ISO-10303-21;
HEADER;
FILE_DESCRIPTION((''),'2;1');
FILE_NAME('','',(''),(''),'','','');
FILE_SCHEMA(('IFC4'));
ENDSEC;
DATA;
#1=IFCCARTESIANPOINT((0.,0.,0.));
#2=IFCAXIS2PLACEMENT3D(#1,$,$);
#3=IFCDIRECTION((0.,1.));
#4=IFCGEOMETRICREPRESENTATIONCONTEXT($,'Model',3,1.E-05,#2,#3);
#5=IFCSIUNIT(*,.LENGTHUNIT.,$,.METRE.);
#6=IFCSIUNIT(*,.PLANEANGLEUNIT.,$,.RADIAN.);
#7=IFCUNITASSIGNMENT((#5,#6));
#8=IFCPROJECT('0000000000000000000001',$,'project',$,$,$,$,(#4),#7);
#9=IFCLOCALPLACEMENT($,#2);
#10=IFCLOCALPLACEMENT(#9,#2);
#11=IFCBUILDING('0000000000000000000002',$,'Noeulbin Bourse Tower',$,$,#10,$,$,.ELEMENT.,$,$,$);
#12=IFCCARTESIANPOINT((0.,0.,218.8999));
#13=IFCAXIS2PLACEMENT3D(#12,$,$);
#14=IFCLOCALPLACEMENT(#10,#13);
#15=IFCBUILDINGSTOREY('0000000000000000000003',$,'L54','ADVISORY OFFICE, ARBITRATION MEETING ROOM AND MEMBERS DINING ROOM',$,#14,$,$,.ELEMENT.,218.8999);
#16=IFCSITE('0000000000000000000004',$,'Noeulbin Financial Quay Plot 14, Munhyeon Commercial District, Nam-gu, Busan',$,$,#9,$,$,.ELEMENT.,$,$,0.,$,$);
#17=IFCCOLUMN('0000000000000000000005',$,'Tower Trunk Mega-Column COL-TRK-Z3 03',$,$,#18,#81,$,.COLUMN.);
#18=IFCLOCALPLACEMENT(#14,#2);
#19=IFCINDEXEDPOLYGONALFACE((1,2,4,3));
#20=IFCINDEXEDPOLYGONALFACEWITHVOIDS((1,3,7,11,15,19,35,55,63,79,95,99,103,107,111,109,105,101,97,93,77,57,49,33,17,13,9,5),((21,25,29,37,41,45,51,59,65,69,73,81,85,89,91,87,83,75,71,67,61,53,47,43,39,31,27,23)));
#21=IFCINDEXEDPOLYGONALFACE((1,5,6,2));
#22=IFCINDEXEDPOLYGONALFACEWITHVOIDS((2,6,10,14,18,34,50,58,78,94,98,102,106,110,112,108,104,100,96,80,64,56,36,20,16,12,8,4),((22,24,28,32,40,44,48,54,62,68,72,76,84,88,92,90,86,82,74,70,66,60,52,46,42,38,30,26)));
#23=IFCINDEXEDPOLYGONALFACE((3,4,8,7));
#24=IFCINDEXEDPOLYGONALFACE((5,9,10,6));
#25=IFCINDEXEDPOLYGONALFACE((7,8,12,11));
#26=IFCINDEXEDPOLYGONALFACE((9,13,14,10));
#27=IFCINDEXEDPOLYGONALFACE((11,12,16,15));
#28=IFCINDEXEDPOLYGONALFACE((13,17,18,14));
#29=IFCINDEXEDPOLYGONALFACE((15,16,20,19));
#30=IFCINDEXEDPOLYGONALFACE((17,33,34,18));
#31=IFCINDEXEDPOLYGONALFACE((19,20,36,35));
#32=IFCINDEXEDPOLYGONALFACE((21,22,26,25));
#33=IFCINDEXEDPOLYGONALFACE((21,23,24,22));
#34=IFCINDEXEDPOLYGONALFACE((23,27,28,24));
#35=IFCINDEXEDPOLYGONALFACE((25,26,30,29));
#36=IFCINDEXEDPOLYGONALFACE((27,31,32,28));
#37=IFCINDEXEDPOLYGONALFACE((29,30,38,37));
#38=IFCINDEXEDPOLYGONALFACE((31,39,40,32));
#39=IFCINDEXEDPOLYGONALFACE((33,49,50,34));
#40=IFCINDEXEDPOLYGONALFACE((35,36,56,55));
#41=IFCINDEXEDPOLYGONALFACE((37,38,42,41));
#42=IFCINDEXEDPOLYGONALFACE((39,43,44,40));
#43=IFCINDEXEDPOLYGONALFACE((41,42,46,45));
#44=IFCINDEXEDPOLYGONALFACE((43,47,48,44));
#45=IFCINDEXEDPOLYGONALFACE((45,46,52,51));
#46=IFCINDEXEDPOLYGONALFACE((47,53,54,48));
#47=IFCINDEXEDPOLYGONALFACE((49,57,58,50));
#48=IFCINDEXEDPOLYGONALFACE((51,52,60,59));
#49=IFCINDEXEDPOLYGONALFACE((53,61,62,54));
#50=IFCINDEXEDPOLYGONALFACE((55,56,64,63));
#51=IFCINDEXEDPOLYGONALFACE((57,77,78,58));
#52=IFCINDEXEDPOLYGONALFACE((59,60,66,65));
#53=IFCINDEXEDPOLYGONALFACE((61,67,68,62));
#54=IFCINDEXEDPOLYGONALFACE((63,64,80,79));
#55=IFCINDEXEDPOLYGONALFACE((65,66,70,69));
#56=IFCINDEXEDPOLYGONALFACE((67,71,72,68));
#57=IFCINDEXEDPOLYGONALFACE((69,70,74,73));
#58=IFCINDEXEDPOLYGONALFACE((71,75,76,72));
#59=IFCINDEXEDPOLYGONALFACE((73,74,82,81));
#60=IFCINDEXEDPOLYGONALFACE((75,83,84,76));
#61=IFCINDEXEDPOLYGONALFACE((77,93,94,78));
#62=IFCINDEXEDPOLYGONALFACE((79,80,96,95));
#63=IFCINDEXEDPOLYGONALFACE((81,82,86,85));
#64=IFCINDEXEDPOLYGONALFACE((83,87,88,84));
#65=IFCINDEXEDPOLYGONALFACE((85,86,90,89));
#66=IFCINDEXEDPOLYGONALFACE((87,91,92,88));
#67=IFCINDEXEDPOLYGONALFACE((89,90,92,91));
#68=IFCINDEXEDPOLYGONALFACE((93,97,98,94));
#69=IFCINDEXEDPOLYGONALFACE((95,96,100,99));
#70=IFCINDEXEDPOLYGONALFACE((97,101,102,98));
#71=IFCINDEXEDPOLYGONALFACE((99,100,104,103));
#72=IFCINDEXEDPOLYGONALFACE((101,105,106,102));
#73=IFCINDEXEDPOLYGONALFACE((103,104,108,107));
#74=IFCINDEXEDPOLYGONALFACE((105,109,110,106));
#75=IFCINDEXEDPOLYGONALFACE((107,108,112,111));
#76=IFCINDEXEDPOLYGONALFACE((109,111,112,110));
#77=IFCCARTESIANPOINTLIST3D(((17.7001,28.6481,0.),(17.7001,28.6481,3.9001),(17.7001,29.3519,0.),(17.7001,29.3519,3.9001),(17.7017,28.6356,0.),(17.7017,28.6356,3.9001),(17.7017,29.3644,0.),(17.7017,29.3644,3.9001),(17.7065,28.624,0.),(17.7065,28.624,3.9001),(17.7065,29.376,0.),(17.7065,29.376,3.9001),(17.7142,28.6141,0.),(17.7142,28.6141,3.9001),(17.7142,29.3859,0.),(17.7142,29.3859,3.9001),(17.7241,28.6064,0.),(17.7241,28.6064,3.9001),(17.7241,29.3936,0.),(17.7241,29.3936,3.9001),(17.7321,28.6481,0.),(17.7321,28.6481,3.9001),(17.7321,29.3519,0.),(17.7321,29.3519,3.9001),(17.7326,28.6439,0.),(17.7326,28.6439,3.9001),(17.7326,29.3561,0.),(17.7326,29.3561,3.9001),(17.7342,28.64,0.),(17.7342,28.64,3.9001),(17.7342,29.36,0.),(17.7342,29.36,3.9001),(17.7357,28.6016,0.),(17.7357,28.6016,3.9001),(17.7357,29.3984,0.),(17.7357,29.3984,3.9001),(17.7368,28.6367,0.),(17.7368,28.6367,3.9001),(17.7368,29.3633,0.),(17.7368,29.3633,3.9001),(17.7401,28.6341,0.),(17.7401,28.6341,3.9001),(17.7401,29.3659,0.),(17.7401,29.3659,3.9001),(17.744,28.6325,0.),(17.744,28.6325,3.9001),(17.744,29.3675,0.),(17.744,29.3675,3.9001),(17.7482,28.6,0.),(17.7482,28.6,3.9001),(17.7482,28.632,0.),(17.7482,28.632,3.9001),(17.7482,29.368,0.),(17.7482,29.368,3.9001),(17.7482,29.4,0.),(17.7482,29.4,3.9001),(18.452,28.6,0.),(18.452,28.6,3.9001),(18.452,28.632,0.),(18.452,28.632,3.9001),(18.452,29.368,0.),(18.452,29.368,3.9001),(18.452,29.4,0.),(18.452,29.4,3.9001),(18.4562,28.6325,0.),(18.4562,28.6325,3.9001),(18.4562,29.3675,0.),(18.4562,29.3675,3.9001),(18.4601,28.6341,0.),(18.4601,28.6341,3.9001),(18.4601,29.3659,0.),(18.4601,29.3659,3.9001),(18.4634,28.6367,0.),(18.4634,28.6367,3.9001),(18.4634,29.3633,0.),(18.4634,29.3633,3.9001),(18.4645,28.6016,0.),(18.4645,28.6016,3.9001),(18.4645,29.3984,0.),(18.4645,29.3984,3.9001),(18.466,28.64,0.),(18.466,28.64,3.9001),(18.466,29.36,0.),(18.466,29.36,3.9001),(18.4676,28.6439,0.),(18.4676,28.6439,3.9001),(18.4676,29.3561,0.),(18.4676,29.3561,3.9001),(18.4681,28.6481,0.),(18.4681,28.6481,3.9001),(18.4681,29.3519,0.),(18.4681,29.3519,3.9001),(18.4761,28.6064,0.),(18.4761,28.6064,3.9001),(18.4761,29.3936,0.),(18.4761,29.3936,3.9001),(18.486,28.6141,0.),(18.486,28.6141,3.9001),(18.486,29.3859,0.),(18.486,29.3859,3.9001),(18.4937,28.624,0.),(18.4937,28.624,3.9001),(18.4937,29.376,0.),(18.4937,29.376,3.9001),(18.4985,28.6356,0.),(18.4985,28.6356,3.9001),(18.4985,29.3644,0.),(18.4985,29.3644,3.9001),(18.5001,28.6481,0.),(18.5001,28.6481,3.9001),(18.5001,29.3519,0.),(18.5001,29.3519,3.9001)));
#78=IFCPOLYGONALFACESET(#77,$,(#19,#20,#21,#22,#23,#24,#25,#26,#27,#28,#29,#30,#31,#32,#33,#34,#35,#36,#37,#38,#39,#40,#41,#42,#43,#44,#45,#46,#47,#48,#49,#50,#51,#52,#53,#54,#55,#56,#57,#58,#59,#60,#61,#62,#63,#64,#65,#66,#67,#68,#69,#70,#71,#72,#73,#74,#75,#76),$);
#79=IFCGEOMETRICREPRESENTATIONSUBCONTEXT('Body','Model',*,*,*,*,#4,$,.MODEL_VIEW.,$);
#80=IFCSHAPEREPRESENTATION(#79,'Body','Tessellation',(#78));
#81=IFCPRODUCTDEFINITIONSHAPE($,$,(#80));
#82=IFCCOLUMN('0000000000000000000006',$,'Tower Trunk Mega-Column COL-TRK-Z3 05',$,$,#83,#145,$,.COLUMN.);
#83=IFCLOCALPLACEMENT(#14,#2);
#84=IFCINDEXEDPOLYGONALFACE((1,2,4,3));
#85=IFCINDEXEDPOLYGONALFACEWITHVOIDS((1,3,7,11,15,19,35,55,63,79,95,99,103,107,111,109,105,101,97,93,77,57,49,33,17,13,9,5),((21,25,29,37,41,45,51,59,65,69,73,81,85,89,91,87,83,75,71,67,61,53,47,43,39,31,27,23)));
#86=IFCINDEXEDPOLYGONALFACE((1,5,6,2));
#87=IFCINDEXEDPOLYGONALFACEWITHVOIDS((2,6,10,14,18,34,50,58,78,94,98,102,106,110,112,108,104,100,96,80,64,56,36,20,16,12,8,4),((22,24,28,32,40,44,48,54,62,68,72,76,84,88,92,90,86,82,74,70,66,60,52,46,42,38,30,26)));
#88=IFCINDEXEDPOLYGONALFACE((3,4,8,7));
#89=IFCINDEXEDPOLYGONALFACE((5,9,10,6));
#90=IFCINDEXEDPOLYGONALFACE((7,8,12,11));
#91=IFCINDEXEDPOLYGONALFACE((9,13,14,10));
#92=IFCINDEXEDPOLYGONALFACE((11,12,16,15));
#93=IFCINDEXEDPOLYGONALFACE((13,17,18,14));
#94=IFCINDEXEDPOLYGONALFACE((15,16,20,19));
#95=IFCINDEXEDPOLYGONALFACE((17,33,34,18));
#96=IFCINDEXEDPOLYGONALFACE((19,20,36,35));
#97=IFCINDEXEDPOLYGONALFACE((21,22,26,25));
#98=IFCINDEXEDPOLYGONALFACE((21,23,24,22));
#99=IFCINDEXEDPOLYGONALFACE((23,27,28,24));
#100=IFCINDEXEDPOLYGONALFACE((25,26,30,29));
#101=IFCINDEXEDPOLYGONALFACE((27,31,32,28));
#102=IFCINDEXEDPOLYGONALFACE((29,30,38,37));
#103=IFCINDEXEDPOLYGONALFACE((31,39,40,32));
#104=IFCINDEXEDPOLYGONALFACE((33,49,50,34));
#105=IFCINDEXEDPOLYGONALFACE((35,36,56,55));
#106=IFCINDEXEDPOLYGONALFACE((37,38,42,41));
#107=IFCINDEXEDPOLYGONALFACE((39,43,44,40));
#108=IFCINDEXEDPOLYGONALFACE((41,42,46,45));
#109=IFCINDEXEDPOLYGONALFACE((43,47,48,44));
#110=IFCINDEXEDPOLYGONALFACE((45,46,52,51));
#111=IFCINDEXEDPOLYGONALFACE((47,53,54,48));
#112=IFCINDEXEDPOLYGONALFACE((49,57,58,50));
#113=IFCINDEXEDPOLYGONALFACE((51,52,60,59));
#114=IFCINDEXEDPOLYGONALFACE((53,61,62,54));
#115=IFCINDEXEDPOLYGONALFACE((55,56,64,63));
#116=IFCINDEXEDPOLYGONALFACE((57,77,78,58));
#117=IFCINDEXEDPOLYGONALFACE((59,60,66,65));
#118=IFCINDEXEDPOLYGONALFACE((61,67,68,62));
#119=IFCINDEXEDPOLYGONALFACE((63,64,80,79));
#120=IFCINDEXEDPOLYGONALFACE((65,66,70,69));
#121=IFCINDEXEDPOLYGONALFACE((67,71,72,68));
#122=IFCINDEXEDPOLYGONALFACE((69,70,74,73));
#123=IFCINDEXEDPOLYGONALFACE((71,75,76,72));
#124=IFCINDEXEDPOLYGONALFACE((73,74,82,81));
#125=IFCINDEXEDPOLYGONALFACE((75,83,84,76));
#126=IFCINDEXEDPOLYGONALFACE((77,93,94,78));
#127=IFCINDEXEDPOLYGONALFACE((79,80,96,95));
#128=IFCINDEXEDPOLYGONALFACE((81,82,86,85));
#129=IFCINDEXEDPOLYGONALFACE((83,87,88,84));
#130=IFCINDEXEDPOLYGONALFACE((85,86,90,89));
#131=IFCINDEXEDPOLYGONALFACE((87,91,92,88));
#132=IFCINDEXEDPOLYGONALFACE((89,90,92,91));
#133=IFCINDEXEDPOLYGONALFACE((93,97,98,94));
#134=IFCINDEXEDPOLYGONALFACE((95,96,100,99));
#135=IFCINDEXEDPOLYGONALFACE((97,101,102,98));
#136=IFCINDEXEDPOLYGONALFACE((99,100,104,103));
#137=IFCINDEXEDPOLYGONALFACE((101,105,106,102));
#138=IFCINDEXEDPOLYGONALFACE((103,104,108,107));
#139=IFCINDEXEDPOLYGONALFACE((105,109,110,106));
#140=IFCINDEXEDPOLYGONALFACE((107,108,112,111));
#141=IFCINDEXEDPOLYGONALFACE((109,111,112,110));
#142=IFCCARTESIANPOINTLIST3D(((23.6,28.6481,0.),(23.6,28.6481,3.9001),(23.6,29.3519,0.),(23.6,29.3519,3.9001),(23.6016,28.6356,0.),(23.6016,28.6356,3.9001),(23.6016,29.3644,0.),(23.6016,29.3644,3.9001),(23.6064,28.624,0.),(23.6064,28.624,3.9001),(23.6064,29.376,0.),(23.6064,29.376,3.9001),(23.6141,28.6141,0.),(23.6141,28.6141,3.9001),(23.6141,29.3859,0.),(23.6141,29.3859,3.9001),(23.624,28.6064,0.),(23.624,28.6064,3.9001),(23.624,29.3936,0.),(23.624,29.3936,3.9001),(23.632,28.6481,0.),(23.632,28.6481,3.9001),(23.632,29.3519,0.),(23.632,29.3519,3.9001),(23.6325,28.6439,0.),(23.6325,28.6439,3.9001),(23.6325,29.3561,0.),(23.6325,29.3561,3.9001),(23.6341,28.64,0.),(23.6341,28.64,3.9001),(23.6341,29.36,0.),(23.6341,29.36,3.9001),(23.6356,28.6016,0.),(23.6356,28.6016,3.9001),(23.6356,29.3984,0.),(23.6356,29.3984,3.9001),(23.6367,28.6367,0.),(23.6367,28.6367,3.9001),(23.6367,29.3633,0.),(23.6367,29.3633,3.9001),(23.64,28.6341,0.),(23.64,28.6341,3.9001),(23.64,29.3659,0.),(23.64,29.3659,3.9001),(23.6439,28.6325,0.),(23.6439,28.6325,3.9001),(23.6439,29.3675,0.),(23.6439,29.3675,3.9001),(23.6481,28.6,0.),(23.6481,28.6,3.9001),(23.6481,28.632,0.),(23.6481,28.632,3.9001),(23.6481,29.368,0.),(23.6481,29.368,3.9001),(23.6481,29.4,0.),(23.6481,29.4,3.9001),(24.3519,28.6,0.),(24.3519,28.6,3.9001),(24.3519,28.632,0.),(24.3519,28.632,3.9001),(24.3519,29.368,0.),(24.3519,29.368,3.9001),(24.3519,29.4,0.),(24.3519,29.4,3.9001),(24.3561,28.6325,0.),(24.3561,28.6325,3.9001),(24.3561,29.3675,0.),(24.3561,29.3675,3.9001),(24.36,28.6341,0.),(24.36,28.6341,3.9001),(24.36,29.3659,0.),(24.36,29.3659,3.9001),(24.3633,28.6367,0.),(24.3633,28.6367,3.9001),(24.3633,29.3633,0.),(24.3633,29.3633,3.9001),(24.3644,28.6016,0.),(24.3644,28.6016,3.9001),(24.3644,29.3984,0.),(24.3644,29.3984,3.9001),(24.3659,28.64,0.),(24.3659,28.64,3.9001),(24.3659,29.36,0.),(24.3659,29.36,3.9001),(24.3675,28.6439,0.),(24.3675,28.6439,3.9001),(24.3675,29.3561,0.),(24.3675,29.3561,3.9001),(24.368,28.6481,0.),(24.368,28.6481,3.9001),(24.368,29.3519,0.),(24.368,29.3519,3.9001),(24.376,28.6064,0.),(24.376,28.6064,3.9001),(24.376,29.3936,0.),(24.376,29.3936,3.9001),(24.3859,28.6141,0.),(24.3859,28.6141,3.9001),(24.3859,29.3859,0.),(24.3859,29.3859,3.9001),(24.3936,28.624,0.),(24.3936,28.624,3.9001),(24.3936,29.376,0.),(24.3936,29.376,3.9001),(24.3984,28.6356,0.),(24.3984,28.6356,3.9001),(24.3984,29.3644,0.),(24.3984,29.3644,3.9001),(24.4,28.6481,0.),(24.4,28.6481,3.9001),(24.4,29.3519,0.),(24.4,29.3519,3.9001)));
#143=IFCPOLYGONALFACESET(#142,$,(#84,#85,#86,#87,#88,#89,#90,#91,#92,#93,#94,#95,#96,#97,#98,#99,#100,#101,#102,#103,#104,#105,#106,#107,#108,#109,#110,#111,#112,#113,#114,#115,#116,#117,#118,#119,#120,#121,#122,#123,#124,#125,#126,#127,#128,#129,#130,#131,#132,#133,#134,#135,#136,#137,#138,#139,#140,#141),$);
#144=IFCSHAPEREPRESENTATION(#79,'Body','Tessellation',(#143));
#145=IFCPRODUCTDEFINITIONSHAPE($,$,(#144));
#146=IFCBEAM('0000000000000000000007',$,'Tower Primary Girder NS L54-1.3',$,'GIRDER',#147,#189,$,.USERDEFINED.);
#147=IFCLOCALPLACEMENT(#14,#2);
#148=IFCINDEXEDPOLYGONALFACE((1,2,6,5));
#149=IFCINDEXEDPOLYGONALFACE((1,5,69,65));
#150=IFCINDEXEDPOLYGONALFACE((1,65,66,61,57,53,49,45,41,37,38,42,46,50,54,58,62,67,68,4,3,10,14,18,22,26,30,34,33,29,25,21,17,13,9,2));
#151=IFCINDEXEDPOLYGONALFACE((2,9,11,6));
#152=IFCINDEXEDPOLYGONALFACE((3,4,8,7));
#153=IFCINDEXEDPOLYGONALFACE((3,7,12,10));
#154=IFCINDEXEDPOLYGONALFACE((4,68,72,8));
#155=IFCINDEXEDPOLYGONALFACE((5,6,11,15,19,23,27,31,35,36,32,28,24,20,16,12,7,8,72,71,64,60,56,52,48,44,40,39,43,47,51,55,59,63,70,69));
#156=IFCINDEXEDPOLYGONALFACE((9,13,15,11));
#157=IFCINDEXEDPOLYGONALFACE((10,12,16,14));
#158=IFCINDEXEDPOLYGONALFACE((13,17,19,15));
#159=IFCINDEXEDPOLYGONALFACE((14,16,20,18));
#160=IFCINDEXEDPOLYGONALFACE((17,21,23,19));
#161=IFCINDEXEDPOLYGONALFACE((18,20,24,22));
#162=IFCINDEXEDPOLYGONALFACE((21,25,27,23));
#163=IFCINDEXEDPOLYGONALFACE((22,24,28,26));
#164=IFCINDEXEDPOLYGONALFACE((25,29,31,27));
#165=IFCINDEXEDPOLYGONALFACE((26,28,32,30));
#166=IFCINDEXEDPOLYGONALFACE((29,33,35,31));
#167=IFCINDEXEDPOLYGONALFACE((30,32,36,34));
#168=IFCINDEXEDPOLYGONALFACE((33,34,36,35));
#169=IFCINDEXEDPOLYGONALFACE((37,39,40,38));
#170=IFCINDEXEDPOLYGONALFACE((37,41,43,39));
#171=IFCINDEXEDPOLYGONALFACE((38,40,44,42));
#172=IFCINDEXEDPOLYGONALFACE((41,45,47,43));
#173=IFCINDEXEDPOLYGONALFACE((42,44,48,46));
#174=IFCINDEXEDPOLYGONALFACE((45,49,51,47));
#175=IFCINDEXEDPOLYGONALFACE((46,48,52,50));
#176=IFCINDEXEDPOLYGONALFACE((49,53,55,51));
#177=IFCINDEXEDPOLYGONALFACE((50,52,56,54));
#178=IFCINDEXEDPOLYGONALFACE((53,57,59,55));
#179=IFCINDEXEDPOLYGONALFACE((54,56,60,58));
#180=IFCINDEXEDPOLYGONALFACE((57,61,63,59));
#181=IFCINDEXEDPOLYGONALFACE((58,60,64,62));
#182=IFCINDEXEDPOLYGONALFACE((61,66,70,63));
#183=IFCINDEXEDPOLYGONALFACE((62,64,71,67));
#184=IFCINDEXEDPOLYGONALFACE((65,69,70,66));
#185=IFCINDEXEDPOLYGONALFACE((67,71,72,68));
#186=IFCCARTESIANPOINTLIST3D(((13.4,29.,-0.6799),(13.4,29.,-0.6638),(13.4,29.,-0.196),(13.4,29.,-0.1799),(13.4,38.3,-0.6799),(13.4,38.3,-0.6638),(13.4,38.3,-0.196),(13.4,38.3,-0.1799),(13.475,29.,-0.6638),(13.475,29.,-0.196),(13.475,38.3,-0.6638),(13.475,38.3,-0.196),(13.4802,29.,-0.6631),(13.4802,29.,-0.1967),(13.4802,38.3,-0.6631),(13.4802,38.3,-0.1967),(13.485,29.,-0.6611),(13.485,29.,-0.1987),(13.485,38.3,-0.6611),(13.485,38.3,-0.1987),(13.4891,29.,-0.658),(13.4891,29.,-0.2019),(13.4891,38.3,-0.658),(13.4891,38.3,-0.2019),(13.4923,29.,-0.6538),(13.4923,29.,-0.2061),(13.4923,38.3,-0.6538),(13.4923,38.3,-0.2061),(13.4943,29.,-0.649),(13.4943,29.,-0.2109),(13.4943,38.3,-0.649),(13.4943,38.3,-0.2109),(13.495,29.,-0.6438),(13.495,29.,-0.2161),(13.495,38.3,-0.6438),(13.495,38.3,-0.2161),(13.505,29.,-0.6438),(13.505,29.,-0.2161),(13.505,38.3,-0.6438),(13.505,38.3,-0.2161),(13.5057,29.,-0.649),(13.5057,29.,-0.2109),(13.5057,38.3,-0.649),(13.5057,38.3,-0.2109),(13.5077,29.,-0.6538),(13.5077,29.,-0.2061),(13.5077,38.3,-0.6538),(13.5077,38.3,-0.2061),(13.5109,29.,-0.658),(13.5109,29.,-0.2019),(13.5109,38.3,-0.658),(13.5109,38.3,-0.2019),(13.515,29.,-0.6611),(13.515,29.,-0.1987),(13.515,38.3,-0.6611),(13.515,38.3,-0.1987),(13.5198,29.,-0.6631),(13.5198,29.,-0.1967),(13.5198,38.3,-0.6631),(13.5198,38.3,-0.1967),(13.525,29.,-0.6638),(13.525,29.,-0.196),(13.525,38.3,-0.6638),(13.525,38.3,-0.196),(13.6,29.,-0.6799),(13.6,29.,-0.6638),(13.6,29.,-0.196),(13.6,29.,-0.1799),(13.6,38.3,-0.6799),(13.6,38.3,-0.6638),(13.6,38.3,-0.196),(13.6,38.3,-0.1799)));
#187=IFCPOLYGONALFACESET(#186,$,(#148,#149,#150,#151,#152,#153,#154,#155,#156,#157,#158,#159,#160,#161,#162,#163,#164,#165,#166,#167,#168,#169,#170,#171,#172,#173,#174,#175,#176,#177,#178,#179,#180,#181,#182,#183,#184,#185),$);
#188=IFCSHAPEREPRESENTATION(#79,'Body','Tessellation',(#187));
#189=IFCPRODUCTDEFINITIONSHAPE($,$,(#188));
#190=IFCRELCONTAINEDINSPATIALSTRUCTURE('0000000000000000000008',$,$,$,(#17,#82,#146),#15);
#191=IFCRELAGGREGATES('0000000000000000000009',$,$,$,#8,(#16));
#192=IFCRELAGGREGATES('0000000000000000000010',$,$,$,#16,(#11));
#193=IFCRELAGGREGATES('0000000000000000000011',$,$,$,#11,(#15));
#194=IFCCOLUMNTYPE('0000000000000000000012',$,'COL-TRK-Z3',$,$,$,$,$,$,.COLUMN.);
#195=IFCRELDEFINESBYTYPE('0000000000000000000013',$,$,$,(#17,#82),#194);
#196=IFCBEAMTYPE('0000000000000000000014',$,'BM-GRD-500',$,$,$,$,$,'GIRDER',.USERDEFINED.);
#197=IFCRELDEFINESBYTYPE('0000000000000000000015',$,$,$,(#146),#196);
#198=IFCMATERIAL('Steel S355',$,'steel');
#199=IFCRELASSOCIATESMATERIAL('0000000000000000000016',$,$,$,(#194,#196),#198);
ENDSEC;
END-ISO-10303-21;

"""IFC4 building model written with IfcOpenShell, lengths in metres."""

from ifc_helpers import new_model, si_unit, direction, frame, origin, origin_2d, place, context, subcontext, project, spatial, hollow_rectangle, i_section, extrude, material, material_profile, profile_set, type_object, element, save


model = new_model("IFC4")

# Units and contexts
model_context = context("Model", 3, precision=1e-05, world=origin(), true_north=direction((0.0, 1.0)))
body_context = subcontext(model_context, "Body", "Model", "MODEL_VIEW")
ifc_project = project(units=[si_unit("LENGTHUNIT", "METRE"), si_unit("PLANEANGLEUNIT", "RADIAN")], contexts=[model_context])

# Site, building, storey
site_placement = place(None, origin())
site = spatial("IfcSite", under=ifc_project, at=site_placement, Name="Noeulbin Financial Quay Plot 14, Munhyeon Commercial District, Nam-gu, Busan", CompositionType="ELEMENT", RefElevation=0.0)
building_placement = place(site_placement, origin())
building = spatial("IfcBuilding", under=site, at=building_placement, Name="Noeulbin Bourse Tower", CompositionType="ELEMENT")
storey_placement = place(building_placement, frame((0.0, 0.0, 218.8999)))
storey = spatial("IfcBuildingStorey", under=building, at=storey_placement, Name="L54", Description="ADVISORY OFFICE, ARBITRATION MEETING ROOM AND MEMBERS DINING ROOM", CompositionType="ELEMENT", Elevation=218.8999)

# Columns
ifc_material_1 = material(Name="Steel S355", Category="steel")
ifc_material_profile_1 = material_profile(ifc_material_1, hollow_rectangle(XDim=0.8, YDim=0.8, WallThickness=0.032, InnerFilletRadius=0.0161, OuterFilletRadius=0.0481, at=origin_2d()), Name="BOX-800x800x32", Category="LoadBearing")
ifc_profile_set_1 = profile_set([ifc_material_profile_1], Name="Steel S355")
column_type = type_object("IfcColumnType", Name="COL-TRK-Z3", PredefinedType="COLUMN", material=ifc_profile_set_1)
for number, where, z_axis, x_axis, name in (
    (1, (18.1001, 29.0, 0.0), (0.0, 0.0, 1.0), (1.0, 0.0, 0.0), "Tower Trunk Mega-Column COL-TRK-Z3 03"),
    (2, (24.0, 29.0, 0.0), (0.0, 0.0, 1.0), (1.0, 0.0, 0.0), "Tower Trunk Mega-Column COL-TRK-Z3 05"),
):
    element("IfcColumn", number, at=place(storey_placement, frame(where, z_axis=z_axis, x_axis=x_axis)), inside=storey, type_object=column_type, Name=name, PredefinedType="COLUMN", context=body_context, shape_type="SweptSolid", body=[
        extrude(hollow_rectangle(XDim=0.8, YDim=0.8, WallThickness=0.032, InnerFilletRadius=0.0161, OuterFilletRadius=0.0481, at=origin_2d()), origin(), (0.0, 0.0, 1.0), 3.9001),
    ])

# Beam
ifc_material_profile_2 = material_profile(ifc_material_1, i_section(OverallWidth=0.2, OverallDepth=0.5, WebThickness=0.01, FlangeThickness=0.0161, FilletRadius=0.02, at=origin_2d()), Name="H-500x200x10x16", Category="LoadBearing")
ifc_profile_set_2 = profile_set([ifc_material_profile_2], Name="Steel S355")
beam_type_1 = type_object("IfcBeamType", Name="BM-GRD-500", ElementType="GIRDER", PredefinedType="USERDEFINED", material=ifc_profile_set_2)
beam_placement = place(storey_placement, frame((13.5, 29.0, -0.4299), z_axis=(0.0, 1.0, 0.0), x_axis=(-1.0, 0.0, 0.0)))
element("IfcBeam", 3, at=beam_placement, inside=storey, type_object=beam_type_1, Name="Tower Primary Girder NS L54-1.3", ObjectType="GIRDER", PredefinedType="USERDEFINED", context=body_context, shape_type="SweptSolid", body=[
    extrude(i_section(OverallWidth=0.2, OverallDepth=0.5, WebThickness=0.01, FlangeThickness=0.0161, FilletRadius=0.02, at=origin_2d()), origin(), (0.0, 0.0, 1.0), 9.3),
])

save(model, "model.ifc")
